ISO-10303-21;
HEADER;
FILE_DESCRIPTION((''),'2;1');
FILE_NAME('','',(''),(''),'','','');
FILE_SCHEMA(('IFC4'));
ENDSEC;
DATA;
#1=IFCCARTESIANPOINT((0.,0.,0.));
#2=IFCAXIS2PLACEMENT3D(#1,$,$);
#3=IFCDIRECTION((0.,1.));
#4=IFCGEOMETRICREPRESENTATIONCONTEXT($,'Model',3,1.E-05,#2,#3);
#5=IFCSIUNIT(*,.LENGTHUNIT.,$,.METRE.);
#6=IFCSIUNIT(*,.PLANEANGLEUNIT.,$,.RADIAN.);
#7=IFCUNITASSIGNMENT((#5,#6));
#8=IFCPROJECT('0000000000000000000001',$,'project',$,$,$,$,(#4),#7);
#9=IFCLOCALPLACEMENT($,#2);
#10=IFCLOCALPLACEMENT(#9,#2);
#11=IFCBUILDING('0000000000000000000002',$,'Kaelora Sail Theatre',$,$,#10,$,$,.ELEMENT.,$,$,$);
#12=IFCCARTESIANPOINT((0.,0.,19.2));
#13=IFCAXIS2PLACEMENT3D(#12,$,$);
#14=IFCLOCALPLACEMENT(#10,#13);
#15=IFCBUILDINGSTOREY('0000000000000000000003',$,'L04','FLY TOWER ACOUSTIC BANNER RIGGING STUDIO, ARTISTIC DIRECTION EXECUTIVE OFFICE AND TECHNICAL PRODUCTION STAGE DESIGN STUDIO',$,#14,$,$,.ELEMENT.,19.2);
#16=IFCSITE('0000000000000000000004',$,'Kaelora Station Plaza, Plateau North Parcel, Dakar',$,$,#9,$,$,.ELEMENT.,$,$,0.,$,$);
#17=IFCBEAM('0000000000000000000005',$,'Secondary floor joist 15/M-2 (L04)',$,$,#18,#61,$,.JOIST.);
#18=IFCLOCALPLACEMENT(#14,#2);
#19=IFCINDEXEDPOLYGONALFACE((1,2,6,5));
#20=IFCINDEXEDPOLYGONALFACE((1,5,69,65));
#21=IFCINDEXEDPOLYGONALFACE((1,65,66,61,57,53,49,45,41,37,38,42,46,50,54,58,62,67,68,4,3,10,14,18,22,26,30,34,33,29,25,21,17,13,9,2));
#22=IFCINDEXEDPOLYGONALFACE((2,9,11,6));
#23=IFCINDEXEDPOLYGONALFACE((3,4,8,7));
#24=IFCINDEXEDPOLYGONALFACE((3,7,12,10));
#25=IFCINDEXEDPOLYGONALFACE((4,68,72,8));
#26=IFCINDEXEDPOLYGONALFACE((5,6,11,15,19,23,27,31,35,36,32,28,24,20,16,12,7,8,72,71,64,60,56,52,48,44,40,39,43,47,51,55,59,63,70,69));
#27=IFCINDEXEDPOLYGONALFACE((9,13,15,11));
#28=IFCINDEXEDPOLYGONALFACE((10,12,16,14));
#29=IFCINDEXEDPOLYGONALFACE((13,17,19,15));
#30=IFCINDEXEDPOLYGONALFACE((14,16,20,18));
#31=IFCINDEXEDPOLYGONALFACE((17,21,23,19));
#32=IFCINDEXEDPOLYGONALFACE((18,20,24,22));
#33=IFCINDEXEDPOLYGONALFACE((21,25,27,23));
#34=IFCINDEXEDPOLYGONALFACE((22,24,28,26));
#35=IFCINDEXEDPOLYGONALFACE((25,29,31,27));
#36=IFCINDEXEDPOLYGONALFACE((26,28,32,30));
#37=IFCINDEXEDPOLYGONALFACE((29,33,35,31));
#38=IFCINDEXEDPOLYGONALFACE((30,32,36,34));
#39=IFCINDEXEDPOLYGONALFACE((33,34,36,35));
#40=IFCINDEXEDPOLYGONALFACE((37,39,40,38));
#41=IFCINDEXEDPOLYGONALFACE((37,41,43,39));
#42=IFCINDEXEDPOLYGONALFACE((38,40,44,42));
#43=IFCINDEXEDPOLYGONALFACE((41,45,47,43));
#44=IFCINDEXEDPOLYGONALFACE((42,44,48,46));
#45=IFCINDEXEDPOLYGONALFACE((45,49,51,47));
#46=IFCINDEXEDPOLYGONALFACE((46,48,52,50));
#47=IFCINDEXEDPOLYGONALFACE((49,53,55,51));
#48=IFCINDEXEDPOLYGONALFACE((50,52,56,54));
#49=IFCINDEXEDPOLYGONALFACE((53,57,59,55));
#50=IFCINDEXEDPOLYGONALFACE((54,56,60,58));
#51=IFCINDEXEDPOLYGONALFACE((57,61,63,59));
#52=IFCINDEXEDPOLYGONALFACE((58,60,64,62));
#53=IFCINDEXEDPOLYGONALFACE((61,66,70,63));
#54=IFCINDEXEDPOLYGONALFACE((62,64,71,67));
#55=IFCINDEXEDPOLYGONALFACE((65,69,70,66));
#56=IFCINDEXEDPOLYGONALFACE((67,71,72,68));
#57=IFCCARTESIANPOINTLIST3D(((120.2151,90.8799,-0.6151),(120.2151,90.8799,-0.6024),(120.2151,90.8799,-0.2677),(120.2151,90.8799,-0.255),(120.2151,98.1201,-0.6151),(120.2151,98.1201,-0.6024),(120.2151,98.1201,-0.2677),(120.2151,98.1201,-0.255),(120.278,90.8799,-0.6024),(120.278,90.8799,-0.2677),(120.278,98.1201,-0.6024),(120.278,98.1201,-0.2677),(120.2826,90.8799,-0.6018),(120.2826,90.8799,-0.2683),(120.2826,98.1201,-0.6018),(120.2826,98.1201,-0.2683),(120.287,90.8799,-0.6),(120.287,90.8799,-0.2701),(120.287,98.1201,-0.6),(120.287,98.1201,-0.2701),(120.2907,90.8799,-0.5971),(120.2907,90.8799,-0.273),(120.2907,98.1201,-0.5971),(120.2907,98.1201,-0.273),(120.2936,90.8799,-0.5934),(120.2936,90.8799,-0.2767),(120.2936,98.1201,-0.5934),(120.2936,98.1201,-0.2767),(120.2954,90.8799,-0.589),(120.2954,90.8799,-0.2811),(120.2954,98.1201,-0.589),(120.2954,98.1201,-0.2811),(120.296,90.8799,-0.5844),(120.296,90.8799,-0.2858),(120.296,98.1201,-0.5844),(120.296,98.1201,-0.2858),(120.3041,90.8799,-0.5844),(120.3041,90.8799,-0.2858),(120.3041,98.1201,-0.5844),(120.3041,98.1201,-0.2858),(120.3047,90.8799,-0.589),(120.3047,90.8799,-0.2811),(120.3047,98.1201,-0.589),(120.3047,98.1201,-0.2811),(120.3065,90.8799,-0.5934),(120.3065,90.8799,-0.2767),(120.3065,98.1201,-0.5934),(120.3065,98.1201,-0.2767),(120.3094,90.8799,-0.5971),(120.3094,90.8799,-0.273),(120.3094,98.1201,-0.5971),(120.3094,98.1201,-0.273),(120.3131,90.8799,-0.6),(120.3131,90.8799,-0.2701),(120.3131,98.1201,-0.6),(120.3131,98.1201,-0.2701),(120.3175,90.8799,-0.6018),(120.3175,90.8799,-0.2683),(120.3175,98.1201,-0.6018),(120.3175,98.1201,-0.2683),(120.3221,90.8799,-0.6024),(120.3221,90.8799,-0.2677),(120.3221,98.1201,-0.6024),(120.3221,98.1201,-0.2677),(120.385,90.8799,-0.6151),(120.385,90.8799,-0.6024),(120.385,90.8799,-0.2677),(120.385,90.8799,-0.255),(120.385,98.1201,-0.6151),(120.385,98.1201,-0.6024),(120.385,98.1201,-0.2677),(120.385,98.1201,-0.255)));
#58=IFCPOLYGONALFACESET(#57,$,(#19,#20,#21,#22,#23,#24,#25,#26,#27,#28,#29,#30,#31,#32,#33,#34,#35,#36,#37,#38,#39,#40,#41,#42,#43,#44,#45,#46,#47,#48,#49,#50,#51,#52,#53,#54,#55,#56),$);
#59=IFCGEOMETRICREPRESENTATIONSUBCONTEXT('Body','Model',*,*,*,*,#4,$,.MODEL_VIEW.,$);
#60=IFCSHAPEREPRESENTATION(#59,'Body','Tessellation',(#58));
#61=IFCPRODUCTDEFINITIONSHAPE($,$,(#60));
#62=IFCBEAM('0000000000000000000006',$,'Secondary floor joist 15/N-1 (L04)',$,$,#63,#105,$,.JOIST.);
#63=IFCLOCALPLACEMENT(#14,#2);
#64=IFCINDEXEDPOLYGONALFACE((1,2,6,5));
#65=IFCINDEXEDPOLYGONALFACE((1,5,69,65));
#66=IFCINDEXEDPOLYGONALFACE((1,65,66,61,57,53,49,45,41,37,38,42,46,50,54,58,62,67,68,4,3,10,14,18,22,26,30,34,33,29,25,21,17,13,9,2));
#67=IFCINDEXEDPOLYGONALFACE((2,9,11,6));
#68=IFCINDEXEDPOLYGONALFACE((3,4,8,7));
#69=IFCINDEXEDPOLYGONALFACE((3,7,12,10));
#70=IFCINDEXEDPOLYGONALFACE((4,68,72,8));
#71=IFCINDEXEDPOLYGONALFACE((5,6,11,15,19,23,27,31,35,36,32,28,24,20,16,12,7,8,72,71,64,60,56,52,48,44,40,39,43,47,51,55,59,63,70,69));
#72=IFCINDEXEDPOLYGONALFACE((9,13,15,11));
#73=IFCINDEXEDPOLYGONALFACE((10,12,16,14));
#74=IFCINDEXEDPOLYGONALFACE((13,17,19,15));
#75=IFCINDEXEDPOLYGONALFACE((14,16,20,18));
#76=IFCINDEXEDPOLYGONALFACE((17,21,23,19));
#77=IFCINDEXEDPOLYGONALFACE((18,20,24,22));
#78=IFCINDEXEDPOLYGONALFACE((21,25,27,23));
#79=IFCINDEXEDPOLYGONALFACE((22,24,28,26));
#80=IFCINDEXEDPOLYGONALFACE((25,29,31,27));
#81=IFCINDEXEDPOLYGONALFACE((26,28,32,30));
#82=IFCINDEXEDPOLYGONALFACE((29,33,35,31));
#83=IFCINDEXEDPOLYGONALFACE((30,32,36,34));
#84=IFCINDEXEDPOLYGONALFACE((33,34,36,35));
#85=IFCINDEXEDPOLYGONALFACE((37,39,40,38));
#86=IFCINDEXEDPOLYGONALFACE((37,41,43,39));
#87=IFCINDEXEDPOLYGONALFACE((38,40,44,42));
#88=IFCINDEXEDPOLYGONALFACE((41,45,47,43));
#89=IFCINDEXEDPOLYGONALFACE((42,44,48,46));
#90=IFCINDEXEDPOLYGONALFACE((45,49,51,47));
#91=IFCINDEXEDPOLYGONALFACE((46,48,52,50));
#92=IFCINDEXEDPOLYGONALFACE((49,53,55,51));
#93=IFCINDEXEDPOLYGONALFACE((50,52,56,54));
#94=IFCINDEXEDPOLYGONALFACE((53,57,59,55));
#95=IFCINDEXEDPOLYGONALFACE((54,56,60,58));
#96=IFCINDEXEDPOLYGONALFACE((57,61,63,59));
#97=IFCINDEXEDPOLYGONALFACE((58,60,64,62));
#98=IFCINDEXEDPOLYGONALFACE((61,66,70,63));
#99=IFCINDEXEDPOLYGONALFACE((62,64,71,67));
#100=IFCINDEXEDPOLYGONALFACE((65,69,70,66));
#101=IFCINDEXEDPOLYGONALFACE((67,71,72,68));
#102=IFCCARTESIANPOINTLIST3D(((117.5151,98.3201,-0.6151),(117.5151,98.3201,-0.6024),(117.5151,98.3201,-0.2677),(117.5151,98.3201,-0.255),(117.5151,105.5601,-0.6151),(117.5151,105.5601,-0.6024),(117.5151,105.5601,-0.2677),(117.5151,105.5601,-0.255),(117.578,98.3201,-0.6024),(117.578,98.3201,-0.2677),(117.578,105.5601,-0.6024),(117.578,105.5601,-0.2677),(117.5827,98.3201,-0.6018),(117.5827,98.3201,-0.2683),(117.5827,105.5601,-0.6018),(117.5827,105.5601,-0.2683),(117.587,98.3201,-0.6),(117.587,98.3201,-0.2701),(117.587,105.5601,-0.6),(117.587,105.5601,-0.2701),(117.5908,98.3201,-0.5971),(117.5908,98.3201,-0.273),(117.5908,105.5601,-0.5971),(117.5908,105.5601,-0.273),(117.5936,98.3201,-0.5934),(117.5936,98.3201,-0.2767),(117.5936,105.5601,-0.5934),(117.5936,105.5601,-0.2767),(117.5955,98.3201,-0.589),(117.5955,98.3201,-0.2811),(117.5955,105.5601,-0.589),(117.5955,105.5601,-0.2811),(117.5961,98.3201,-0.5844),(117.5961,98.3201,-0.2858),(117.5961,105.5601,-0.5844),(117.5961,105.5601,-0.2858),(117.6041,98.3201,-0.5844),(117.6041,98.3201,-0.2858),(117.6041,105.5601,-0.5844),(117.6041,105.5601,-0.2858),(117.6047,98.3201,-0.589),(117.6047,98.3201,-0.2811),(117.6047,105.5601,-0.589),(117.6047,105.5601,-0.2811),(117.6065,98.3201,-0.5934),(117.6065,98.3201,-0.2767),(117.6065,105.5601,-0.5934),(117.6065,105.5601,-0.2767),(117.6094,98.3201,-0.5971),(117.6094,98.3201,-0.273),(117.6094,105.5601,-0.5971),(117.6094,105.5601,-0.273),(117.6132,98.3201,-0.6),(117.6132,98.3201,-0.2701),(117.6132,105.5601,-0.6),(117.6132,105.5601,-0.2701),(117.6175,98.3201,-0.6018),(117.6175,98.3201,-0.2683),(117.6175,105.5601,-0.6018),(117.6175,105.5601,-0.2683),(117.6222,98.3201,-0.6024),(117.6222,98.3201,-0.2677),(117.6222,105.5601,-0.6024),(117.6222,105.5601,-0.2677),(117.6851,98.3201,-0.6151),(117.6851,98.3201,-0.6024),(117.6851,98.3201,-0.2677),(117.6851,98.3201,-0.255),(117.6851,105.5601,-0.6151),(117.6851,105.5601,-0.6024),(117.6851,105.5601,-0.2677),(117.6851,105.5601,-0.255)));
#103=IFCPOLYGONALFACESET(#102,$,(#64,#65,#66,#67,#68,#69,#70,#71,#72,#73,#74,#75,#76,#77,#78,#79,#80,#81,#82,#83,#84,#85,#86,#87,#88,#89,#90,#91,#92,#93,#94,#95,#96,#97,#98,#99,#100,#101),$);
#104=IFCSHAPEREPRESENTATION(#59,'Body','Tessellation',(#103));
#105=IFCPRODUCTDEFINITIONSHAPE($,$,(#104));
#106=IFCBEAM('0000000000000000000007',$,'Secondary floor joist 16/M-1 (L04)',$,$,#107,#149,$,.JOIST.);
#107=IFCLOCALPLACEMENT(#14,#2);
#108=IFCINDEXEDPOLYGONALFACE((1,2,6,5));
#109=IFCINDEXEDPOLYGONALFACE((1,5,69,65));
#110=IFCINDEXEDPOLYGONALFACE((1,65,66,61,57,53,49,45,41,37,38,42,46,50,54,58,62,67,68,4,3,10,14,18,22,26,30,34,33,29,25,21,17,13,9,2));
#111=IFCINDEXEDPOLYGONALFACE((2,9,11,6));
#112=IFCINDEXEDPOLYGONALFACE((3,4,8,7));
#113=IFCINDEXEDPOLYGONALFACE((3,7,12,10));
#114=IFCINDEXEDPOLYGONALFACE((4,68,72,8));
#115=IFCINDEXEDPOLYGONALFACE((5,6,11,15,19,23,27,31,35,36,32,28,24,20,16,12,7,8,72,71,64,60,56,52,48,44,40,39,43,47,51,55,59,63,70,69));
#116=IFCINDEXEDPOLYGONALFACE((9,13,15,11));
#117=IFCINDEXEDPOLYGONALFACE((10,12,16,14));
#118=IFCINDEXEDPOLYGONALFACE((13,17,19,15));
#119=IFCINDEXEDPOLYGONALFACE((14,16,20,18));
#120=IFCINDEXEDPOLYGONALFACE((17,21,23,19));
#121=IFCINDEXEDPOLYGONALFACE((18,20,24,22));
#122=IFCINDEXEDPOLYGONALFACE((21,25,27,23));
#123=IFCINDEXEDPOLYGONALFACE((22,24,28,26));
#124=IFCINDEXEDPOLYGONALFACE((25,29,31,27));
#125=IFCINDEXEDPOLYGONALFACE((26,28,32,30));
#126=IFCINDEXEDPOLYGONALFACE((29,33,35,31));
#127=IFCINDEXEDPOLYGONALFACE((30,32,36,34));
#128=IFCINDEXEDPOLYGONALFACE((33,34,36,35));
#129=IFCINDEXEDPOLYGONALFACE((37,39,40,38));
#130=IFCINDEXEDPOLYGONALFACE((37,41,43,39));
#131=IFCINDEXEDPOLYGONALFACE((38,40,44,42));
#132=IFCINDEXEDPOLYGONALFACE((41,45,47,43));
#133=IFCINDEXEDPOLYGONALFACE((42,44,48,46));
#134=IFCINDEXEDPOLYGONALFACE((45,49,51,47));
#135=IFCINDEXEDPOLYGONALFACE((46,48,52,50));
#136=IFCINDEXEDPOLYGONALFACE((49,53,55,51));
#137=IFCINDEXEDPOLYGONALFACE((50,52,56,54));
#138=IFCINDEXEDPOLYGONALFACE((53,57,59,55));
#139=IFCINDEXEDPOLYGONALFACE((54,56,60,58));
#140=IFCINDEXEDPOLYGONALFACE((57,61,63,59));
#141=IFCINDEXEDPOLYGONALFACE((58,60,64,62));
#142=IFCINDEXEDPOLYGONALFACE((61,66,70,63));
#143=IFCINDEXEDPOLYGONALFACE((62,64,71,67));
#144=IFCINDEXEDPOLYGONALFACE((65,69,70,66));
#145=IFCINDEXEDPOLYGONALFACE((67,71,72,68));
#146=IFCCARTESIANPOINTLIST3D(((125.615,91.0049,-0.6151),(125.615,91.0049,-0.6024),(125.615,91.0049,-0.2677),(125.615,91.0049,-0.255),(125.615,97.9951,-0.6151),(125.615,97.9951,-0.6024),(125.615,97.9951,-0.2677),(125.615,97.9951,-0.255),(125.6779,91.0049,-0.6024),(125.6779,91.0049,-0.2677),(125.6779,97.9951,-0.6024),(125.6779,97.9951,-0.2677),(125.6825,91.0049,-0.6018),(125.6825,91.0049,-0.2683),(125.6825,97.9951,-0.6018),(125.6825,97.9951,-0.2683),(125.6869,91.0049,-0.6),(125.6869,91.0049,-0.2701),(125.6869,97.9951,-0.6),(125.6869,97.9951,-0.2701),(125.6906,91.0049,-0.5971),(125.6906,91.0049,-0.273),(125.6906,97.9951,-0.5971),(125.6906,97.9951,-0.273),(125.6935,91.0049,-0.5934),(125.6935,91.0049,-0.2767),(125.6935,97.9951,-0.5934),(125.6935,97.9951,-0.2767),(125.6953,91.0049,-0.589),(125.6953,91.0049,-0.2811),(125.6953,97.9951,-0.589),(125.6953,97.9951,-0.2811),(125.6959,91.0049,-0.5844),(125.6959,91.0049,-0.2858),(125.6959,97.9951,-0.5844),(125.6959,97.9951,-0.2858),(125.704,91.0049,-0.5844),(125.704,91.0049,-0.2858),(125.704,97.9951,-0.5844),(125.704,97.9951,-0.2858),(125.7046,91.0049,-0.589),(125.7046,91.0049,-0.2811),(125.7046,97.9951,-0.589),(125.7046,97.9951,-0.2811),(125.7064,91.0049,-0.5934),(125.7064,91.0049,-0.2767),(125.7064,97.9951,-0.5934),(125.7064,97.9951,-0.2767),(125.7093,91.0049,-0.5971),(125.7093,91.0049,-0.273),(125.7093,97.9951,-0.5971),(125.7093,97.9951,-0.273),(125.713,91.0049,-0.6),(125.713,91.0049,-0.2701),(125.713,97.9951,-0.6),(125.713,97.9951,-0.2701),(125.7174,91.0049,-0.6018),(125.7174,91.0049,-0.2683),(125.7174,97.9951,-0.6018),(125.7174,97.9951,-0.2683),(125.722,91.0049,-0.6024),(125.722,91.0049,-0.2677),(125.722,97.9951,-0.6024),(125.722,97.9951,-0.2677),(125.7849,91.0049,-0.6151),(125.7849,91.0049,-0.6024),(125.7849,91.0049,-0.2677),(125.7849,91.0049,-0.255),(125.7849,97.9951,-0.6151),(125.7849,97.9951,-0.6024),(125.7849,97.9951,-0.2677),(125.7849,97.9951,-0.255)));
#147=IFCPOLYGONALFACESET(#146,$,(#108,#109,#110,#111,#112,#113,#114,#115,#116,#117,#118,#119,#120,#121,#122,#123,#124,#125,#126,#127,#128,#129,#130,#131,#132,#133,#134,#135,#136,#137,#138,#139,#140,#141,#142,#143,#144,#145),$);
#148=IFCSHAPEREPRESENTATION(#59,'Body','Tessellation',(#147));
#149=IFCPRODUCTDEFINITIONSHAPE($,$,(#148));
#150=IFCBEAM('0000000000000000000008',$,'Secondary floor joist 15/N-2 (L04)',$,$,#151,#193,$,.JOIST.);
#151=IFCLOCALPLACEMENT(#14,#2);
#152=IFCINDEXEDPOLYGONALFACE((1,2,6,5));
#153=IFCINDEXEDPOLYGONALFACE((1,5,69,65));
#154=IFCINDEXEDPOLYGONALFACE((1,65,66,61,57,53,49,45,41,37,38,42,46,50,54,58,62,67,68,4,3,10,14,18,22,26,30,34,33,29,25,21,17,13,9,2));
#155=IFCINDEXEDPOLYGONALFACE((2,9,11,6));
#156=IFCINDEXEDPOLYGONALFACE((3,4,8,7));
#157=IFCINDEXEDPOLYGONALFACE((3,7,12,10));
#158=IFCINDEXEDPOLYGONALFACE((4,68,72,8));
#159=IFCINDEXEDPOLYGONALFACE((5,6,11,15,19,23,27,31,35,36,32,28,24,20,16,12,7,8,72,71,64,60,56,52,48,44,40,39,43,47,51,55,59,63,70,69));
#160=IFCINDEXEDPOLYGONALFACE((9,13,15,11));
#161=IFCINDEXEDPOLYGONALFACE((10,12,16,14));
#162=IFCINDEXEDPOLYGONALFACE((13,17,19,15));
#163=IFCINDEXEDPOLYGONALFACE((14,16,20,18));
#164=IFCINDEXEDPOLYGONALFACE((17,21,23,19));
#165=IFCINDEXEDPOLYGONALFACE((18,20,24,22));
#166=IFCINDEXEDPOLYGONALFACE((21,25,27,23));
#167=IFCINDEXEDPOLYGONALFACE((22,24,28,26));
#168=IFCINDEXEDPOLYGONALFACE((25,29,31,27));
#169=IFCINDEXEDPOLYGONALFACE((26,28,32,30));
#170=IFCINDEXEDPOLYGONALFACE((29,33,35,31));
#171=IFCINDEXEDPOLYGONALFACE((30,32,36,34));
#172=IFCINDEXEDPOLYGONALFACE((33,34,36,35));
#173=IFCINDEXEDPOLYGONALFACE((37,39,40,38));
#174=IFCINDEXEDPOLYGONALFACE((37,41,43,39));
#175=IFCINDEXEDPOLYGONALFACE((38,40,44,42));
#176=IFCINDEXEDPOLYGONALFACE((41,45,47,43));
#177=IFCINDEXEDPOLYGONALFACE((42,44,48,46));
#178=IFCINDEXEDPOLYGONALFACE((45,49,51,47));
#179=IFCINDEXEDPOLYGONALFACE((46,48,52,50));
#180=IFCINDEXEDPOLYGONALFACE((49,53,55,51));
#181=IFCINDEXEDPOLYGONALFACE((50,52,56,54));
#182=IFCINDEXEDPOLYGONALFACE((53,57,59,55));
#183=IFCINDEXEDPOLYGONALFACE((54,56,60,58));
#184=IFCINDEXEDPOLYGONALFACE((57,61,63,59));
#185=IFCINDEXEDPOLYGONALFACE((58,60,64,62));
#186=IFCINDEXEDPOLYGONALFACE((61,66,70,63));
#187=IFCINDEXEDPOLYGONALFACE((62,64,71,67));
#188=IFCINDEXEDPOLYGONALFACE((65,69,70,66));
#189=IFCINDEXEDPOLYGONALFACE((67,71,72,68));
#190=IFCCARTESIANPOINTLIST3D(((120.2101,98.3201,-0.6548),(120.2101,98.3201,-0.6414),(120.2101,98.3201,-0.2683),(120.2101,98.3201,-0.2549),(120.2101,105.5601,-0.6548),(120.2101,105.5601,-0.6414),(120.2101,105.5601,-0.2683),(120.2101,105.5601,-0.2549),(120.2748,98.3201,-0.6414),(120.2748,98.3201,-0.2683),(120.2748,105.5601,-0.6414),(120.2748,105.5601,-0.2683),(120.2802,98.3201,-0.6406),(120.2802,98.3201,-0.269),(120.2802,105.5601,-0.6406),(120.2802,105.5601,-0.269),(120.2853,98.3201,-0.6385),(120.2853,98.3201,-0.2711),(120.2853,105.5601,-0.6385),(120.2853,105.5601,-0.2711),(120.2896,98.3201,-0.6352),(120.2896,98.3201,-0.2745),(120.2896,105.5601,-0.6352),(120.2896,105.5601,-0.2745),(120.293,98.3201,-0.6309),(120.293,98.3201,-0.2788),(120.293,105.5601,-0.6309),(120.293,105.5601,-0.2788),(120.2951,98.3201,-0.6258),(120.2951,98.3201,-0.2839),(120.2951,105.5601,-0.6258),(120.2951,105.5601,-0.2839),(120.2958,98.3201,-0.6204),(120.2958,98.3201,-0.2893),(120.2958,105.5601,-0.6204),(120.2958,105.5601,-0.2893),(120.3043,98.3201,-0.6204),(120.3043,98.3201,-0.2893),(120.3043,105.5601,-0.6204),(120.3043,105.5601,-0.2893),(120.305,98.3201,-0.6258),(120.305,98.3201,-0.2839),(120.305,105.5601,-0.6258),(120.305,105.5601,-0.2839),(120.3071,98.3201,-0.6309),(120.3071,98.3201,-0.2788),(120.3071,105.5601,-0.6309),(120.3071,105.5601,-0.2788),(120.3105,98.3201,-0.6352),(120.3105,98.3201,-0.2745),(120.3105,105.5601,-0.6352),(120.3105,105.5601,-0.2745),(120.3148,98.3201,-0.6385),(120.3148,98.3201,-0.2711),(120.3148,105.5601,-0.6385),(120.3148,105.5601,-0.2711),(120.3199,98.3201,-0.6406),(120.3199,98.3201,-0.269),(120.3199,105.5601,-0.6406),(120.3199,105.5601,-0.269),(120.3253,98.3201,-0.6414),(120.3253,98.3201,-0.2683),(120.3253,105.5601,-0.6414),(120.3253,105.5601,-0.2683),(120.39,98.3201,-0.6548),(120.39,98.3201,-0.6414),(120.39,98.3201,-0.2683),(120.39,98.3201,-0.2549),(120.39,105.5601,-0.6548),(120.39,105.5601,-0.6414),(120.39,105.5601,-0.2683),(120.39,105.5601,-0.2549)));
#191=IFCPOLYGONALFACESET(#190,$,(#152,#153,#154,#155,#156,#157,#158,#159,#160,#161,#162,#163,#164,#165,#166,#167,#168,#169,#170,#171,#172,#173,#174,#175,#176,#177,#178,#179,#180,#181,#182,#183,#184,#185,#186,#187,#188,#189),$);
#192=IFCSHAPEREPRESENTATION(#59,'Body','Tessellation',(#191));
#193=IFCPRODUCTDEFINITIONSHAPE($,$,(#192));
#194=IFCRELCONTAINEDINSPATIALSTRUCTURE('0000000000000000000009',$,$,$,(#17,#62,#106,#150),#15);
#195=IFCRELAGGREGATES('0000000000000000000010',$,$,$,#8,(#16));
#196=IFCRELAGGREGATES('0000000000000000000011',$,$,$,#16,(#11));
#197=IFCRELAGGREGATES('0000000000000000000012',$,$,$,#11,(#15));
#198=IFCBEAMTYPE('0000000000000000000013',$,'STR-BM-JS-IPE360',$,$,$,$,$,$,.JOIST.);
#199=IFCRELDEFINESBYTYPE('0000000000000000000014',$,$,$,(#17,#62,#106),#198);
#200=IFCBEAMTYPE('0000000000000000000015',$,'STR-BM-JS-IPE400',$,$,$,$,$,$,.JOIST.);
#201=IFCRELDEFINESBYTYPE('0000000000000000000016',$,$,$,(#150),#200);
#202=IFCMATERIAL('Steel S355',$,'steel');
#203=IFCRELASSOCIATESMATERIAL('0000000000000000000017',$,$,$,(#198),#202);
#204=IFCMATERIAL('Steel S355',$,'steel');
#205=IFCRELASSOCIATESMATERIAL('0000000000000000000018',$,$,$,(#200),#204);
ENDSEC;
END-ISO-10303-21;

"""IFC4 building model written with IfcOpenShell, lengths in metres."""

from ifc_helpers import new_model, si_unit, direction, frame, origin, origin_2d, place, context, subcontext, project, spatial, i_section, extrude, material, material_profile, profile_set, type_object, element, save


model = new_model("IFC4")

# Units and contexts
model_context = context("Model", 3, precision=1e-05, world=origin(), true_north=direction((0.0, 1.0)))
body_context = subcontext(model_context, "Body", "Model", "MODEL_VIEW")
ifc_project = project(units=[si_unit("LENGTHUNIT", "METRE"), si_unit("PLANEANGLEUNIT", "RADIAN")], contexts=[model_context])

# Site, building, storey
site_placement = place(None, origin())
site = spatial("IfcSite", under=ifc_project, at=site_placement, Name="Kaelora Station Plaza, Plateau North Parcel, Dakar", CompositionType="ELEMENT", RefElevation=0.0)
building_placement = place(site_placement, origin())
building = spatial("IfcBuilding", under=site, at=building_placement, Name="Kaelora Sail Theatre", CompositionType="ELEMENT")
storey_placement = place(building_placement, frame((0.0, 0.0, 19.2)))
storey = spatial("IfcBuildingStorey", under=building, at=storey_placement, Name="L04", Description="FLY TOWER ACOUSTIC BANNER RIGGING STUDIO, ARTISTIC DIRECTION EXECUTIVE OFFICE AND TECHNICAL PRODUCTION STAGE DESIGN STUDIO", CompositionType="ELEMENT", Elevation=19.2)

# Beams
ifc_material_1 = material(Name="Steel S355", Category="steel")
ifc_material_profile_1 = material_profile(ifc_material_1, i_section(OverallWidth=0.1699, OverallDepth=0.3601, WebThickness=0.0081, FlangeThickness=0.0127, FilletRadius=0.0181, at=origin_2d()), Name="IPE 360")
ifc_profile_set_1 = profile_set([ifc_material_profile_1], Name="Steel S355")
beam_type_1 = type_object("IfcBeamType", Name="STR-BM-JS-IPE360", PredefinedType="JOIST", material=ifc_profile_set_1)
beam_1_placement = place(storey_placement, frame((120.3, 90.8799, -0.4351), z_axis=(0.0, 1.0, 0.0), x_axis=(-1.0, 0.0, 0.0)))
element("IfcBeam", 1, at=beam_1_placement, inside=storey, type_object=beam_type_1, Name="Secondary floor joist 15/M-2 (L04)", PredefinedType="JOIST", context=body_context, shape_type="SweptSolid", body=[
    extrude(i_section(OverallWidth=0.1699, OverallDepth=0.3601, WebThickness=0.0081, FlangeThickness=0.0127, FilletRadius=0.0181, at=origin_2d()), origin(), (0.0, 0.0, 1.0), 7.2402),
])
beam_2_placement = place(storey_placement, frame((117.6001, 98.3201, -0.4351), z_axis=(0.0, 1.0, 0.0), x_axis=(-1.0, 0.0, 0.0)))
element("IfcBeam", 2, at=beam_2_placement, inside=storey, type_object=beam_type_1, Name="Secondary floor joist 15/N-1 (L04)", PredefinedType="JOIST", context=body_context, shape_type="SweptSolid", body=[
    extrude(i_section(OverallWidth=0.1699, OverallDepth=0.3601, WebThickness=0.0081, FlangeThickness=0.0127, FilletRadius=0.0181, at=origin_2d()), origin(), (0.0, 0.0, 1.0), 7.24),
])
beam_3_placement = place(storey_placement, frame((125.7, 91.0049, -0.4351), z_axis=(0.0, 1.0, 0.0), x_axis=(-1.0, 0.0, 0.0)))
element("IfcBeam", 3, at=beam_3_placement, inside=storey, type_object=beam_type_1, Name="Secondary floor joist 16/M-1 (L04)", PredefinedType="JOIST", context=body_context, shape_type="SweptSolid", body=[
    extrude(i_section(OverallWidth=0.1699, OverallDepth=0.3601, WebThickness=0.0081, FlangeThickness=0.0127, FilletRadius=0.0181, at=origin_2d()), origin(), (0.0, 0.0, 1.0), 6.9902),
])
ifc_material_2 = material(Name="Steel S355", Category="steel")
ifc_material_profile_2 = material_profile(ifc_material_2, i_section(OverallWidth=0.1799, OverallDepth=0.3999, WebThickness=0.0085, FlangeThickness=0.0134, FilletRadius=0.021, at=origin_2d()), Name="IPE 400")
ifc_profile_set_2 = profile_set([ifc_material_profile_2], Name="Steel S355")
beam_type_2 = type_object("IfcBeamType", Name="STR-BM-JS-IPE400", PredefinedType="JOIST", material=ifc_profile_set_2)
beam_4_placement = place(storey_placement, frame((120.3, 98.3201, -0.4548), z_axis=(0.0, 1.0, 0.0), x_axis=(-1.0, 0.0, 0.0)))
element("IfcBeam", 4, at=beam_4_placement, inside=storey, type_object=beam_type_2, Name="Secondary floor joist 15/N-2 (L04)", PredefinedType="JOIST", context=body_context, shape_type="SweptSolid", body=[
    extrude(i_section(OverallWidth=0.1799, OverallDepth=0.3999, WebThickness=0.0085, FlangeThickness=0.0134, FilletRadius=0.021, at=origin_2d()), origin(), (0.0, 0.0, 1.0), 7.24),
])

save(model, "model.ifc")
